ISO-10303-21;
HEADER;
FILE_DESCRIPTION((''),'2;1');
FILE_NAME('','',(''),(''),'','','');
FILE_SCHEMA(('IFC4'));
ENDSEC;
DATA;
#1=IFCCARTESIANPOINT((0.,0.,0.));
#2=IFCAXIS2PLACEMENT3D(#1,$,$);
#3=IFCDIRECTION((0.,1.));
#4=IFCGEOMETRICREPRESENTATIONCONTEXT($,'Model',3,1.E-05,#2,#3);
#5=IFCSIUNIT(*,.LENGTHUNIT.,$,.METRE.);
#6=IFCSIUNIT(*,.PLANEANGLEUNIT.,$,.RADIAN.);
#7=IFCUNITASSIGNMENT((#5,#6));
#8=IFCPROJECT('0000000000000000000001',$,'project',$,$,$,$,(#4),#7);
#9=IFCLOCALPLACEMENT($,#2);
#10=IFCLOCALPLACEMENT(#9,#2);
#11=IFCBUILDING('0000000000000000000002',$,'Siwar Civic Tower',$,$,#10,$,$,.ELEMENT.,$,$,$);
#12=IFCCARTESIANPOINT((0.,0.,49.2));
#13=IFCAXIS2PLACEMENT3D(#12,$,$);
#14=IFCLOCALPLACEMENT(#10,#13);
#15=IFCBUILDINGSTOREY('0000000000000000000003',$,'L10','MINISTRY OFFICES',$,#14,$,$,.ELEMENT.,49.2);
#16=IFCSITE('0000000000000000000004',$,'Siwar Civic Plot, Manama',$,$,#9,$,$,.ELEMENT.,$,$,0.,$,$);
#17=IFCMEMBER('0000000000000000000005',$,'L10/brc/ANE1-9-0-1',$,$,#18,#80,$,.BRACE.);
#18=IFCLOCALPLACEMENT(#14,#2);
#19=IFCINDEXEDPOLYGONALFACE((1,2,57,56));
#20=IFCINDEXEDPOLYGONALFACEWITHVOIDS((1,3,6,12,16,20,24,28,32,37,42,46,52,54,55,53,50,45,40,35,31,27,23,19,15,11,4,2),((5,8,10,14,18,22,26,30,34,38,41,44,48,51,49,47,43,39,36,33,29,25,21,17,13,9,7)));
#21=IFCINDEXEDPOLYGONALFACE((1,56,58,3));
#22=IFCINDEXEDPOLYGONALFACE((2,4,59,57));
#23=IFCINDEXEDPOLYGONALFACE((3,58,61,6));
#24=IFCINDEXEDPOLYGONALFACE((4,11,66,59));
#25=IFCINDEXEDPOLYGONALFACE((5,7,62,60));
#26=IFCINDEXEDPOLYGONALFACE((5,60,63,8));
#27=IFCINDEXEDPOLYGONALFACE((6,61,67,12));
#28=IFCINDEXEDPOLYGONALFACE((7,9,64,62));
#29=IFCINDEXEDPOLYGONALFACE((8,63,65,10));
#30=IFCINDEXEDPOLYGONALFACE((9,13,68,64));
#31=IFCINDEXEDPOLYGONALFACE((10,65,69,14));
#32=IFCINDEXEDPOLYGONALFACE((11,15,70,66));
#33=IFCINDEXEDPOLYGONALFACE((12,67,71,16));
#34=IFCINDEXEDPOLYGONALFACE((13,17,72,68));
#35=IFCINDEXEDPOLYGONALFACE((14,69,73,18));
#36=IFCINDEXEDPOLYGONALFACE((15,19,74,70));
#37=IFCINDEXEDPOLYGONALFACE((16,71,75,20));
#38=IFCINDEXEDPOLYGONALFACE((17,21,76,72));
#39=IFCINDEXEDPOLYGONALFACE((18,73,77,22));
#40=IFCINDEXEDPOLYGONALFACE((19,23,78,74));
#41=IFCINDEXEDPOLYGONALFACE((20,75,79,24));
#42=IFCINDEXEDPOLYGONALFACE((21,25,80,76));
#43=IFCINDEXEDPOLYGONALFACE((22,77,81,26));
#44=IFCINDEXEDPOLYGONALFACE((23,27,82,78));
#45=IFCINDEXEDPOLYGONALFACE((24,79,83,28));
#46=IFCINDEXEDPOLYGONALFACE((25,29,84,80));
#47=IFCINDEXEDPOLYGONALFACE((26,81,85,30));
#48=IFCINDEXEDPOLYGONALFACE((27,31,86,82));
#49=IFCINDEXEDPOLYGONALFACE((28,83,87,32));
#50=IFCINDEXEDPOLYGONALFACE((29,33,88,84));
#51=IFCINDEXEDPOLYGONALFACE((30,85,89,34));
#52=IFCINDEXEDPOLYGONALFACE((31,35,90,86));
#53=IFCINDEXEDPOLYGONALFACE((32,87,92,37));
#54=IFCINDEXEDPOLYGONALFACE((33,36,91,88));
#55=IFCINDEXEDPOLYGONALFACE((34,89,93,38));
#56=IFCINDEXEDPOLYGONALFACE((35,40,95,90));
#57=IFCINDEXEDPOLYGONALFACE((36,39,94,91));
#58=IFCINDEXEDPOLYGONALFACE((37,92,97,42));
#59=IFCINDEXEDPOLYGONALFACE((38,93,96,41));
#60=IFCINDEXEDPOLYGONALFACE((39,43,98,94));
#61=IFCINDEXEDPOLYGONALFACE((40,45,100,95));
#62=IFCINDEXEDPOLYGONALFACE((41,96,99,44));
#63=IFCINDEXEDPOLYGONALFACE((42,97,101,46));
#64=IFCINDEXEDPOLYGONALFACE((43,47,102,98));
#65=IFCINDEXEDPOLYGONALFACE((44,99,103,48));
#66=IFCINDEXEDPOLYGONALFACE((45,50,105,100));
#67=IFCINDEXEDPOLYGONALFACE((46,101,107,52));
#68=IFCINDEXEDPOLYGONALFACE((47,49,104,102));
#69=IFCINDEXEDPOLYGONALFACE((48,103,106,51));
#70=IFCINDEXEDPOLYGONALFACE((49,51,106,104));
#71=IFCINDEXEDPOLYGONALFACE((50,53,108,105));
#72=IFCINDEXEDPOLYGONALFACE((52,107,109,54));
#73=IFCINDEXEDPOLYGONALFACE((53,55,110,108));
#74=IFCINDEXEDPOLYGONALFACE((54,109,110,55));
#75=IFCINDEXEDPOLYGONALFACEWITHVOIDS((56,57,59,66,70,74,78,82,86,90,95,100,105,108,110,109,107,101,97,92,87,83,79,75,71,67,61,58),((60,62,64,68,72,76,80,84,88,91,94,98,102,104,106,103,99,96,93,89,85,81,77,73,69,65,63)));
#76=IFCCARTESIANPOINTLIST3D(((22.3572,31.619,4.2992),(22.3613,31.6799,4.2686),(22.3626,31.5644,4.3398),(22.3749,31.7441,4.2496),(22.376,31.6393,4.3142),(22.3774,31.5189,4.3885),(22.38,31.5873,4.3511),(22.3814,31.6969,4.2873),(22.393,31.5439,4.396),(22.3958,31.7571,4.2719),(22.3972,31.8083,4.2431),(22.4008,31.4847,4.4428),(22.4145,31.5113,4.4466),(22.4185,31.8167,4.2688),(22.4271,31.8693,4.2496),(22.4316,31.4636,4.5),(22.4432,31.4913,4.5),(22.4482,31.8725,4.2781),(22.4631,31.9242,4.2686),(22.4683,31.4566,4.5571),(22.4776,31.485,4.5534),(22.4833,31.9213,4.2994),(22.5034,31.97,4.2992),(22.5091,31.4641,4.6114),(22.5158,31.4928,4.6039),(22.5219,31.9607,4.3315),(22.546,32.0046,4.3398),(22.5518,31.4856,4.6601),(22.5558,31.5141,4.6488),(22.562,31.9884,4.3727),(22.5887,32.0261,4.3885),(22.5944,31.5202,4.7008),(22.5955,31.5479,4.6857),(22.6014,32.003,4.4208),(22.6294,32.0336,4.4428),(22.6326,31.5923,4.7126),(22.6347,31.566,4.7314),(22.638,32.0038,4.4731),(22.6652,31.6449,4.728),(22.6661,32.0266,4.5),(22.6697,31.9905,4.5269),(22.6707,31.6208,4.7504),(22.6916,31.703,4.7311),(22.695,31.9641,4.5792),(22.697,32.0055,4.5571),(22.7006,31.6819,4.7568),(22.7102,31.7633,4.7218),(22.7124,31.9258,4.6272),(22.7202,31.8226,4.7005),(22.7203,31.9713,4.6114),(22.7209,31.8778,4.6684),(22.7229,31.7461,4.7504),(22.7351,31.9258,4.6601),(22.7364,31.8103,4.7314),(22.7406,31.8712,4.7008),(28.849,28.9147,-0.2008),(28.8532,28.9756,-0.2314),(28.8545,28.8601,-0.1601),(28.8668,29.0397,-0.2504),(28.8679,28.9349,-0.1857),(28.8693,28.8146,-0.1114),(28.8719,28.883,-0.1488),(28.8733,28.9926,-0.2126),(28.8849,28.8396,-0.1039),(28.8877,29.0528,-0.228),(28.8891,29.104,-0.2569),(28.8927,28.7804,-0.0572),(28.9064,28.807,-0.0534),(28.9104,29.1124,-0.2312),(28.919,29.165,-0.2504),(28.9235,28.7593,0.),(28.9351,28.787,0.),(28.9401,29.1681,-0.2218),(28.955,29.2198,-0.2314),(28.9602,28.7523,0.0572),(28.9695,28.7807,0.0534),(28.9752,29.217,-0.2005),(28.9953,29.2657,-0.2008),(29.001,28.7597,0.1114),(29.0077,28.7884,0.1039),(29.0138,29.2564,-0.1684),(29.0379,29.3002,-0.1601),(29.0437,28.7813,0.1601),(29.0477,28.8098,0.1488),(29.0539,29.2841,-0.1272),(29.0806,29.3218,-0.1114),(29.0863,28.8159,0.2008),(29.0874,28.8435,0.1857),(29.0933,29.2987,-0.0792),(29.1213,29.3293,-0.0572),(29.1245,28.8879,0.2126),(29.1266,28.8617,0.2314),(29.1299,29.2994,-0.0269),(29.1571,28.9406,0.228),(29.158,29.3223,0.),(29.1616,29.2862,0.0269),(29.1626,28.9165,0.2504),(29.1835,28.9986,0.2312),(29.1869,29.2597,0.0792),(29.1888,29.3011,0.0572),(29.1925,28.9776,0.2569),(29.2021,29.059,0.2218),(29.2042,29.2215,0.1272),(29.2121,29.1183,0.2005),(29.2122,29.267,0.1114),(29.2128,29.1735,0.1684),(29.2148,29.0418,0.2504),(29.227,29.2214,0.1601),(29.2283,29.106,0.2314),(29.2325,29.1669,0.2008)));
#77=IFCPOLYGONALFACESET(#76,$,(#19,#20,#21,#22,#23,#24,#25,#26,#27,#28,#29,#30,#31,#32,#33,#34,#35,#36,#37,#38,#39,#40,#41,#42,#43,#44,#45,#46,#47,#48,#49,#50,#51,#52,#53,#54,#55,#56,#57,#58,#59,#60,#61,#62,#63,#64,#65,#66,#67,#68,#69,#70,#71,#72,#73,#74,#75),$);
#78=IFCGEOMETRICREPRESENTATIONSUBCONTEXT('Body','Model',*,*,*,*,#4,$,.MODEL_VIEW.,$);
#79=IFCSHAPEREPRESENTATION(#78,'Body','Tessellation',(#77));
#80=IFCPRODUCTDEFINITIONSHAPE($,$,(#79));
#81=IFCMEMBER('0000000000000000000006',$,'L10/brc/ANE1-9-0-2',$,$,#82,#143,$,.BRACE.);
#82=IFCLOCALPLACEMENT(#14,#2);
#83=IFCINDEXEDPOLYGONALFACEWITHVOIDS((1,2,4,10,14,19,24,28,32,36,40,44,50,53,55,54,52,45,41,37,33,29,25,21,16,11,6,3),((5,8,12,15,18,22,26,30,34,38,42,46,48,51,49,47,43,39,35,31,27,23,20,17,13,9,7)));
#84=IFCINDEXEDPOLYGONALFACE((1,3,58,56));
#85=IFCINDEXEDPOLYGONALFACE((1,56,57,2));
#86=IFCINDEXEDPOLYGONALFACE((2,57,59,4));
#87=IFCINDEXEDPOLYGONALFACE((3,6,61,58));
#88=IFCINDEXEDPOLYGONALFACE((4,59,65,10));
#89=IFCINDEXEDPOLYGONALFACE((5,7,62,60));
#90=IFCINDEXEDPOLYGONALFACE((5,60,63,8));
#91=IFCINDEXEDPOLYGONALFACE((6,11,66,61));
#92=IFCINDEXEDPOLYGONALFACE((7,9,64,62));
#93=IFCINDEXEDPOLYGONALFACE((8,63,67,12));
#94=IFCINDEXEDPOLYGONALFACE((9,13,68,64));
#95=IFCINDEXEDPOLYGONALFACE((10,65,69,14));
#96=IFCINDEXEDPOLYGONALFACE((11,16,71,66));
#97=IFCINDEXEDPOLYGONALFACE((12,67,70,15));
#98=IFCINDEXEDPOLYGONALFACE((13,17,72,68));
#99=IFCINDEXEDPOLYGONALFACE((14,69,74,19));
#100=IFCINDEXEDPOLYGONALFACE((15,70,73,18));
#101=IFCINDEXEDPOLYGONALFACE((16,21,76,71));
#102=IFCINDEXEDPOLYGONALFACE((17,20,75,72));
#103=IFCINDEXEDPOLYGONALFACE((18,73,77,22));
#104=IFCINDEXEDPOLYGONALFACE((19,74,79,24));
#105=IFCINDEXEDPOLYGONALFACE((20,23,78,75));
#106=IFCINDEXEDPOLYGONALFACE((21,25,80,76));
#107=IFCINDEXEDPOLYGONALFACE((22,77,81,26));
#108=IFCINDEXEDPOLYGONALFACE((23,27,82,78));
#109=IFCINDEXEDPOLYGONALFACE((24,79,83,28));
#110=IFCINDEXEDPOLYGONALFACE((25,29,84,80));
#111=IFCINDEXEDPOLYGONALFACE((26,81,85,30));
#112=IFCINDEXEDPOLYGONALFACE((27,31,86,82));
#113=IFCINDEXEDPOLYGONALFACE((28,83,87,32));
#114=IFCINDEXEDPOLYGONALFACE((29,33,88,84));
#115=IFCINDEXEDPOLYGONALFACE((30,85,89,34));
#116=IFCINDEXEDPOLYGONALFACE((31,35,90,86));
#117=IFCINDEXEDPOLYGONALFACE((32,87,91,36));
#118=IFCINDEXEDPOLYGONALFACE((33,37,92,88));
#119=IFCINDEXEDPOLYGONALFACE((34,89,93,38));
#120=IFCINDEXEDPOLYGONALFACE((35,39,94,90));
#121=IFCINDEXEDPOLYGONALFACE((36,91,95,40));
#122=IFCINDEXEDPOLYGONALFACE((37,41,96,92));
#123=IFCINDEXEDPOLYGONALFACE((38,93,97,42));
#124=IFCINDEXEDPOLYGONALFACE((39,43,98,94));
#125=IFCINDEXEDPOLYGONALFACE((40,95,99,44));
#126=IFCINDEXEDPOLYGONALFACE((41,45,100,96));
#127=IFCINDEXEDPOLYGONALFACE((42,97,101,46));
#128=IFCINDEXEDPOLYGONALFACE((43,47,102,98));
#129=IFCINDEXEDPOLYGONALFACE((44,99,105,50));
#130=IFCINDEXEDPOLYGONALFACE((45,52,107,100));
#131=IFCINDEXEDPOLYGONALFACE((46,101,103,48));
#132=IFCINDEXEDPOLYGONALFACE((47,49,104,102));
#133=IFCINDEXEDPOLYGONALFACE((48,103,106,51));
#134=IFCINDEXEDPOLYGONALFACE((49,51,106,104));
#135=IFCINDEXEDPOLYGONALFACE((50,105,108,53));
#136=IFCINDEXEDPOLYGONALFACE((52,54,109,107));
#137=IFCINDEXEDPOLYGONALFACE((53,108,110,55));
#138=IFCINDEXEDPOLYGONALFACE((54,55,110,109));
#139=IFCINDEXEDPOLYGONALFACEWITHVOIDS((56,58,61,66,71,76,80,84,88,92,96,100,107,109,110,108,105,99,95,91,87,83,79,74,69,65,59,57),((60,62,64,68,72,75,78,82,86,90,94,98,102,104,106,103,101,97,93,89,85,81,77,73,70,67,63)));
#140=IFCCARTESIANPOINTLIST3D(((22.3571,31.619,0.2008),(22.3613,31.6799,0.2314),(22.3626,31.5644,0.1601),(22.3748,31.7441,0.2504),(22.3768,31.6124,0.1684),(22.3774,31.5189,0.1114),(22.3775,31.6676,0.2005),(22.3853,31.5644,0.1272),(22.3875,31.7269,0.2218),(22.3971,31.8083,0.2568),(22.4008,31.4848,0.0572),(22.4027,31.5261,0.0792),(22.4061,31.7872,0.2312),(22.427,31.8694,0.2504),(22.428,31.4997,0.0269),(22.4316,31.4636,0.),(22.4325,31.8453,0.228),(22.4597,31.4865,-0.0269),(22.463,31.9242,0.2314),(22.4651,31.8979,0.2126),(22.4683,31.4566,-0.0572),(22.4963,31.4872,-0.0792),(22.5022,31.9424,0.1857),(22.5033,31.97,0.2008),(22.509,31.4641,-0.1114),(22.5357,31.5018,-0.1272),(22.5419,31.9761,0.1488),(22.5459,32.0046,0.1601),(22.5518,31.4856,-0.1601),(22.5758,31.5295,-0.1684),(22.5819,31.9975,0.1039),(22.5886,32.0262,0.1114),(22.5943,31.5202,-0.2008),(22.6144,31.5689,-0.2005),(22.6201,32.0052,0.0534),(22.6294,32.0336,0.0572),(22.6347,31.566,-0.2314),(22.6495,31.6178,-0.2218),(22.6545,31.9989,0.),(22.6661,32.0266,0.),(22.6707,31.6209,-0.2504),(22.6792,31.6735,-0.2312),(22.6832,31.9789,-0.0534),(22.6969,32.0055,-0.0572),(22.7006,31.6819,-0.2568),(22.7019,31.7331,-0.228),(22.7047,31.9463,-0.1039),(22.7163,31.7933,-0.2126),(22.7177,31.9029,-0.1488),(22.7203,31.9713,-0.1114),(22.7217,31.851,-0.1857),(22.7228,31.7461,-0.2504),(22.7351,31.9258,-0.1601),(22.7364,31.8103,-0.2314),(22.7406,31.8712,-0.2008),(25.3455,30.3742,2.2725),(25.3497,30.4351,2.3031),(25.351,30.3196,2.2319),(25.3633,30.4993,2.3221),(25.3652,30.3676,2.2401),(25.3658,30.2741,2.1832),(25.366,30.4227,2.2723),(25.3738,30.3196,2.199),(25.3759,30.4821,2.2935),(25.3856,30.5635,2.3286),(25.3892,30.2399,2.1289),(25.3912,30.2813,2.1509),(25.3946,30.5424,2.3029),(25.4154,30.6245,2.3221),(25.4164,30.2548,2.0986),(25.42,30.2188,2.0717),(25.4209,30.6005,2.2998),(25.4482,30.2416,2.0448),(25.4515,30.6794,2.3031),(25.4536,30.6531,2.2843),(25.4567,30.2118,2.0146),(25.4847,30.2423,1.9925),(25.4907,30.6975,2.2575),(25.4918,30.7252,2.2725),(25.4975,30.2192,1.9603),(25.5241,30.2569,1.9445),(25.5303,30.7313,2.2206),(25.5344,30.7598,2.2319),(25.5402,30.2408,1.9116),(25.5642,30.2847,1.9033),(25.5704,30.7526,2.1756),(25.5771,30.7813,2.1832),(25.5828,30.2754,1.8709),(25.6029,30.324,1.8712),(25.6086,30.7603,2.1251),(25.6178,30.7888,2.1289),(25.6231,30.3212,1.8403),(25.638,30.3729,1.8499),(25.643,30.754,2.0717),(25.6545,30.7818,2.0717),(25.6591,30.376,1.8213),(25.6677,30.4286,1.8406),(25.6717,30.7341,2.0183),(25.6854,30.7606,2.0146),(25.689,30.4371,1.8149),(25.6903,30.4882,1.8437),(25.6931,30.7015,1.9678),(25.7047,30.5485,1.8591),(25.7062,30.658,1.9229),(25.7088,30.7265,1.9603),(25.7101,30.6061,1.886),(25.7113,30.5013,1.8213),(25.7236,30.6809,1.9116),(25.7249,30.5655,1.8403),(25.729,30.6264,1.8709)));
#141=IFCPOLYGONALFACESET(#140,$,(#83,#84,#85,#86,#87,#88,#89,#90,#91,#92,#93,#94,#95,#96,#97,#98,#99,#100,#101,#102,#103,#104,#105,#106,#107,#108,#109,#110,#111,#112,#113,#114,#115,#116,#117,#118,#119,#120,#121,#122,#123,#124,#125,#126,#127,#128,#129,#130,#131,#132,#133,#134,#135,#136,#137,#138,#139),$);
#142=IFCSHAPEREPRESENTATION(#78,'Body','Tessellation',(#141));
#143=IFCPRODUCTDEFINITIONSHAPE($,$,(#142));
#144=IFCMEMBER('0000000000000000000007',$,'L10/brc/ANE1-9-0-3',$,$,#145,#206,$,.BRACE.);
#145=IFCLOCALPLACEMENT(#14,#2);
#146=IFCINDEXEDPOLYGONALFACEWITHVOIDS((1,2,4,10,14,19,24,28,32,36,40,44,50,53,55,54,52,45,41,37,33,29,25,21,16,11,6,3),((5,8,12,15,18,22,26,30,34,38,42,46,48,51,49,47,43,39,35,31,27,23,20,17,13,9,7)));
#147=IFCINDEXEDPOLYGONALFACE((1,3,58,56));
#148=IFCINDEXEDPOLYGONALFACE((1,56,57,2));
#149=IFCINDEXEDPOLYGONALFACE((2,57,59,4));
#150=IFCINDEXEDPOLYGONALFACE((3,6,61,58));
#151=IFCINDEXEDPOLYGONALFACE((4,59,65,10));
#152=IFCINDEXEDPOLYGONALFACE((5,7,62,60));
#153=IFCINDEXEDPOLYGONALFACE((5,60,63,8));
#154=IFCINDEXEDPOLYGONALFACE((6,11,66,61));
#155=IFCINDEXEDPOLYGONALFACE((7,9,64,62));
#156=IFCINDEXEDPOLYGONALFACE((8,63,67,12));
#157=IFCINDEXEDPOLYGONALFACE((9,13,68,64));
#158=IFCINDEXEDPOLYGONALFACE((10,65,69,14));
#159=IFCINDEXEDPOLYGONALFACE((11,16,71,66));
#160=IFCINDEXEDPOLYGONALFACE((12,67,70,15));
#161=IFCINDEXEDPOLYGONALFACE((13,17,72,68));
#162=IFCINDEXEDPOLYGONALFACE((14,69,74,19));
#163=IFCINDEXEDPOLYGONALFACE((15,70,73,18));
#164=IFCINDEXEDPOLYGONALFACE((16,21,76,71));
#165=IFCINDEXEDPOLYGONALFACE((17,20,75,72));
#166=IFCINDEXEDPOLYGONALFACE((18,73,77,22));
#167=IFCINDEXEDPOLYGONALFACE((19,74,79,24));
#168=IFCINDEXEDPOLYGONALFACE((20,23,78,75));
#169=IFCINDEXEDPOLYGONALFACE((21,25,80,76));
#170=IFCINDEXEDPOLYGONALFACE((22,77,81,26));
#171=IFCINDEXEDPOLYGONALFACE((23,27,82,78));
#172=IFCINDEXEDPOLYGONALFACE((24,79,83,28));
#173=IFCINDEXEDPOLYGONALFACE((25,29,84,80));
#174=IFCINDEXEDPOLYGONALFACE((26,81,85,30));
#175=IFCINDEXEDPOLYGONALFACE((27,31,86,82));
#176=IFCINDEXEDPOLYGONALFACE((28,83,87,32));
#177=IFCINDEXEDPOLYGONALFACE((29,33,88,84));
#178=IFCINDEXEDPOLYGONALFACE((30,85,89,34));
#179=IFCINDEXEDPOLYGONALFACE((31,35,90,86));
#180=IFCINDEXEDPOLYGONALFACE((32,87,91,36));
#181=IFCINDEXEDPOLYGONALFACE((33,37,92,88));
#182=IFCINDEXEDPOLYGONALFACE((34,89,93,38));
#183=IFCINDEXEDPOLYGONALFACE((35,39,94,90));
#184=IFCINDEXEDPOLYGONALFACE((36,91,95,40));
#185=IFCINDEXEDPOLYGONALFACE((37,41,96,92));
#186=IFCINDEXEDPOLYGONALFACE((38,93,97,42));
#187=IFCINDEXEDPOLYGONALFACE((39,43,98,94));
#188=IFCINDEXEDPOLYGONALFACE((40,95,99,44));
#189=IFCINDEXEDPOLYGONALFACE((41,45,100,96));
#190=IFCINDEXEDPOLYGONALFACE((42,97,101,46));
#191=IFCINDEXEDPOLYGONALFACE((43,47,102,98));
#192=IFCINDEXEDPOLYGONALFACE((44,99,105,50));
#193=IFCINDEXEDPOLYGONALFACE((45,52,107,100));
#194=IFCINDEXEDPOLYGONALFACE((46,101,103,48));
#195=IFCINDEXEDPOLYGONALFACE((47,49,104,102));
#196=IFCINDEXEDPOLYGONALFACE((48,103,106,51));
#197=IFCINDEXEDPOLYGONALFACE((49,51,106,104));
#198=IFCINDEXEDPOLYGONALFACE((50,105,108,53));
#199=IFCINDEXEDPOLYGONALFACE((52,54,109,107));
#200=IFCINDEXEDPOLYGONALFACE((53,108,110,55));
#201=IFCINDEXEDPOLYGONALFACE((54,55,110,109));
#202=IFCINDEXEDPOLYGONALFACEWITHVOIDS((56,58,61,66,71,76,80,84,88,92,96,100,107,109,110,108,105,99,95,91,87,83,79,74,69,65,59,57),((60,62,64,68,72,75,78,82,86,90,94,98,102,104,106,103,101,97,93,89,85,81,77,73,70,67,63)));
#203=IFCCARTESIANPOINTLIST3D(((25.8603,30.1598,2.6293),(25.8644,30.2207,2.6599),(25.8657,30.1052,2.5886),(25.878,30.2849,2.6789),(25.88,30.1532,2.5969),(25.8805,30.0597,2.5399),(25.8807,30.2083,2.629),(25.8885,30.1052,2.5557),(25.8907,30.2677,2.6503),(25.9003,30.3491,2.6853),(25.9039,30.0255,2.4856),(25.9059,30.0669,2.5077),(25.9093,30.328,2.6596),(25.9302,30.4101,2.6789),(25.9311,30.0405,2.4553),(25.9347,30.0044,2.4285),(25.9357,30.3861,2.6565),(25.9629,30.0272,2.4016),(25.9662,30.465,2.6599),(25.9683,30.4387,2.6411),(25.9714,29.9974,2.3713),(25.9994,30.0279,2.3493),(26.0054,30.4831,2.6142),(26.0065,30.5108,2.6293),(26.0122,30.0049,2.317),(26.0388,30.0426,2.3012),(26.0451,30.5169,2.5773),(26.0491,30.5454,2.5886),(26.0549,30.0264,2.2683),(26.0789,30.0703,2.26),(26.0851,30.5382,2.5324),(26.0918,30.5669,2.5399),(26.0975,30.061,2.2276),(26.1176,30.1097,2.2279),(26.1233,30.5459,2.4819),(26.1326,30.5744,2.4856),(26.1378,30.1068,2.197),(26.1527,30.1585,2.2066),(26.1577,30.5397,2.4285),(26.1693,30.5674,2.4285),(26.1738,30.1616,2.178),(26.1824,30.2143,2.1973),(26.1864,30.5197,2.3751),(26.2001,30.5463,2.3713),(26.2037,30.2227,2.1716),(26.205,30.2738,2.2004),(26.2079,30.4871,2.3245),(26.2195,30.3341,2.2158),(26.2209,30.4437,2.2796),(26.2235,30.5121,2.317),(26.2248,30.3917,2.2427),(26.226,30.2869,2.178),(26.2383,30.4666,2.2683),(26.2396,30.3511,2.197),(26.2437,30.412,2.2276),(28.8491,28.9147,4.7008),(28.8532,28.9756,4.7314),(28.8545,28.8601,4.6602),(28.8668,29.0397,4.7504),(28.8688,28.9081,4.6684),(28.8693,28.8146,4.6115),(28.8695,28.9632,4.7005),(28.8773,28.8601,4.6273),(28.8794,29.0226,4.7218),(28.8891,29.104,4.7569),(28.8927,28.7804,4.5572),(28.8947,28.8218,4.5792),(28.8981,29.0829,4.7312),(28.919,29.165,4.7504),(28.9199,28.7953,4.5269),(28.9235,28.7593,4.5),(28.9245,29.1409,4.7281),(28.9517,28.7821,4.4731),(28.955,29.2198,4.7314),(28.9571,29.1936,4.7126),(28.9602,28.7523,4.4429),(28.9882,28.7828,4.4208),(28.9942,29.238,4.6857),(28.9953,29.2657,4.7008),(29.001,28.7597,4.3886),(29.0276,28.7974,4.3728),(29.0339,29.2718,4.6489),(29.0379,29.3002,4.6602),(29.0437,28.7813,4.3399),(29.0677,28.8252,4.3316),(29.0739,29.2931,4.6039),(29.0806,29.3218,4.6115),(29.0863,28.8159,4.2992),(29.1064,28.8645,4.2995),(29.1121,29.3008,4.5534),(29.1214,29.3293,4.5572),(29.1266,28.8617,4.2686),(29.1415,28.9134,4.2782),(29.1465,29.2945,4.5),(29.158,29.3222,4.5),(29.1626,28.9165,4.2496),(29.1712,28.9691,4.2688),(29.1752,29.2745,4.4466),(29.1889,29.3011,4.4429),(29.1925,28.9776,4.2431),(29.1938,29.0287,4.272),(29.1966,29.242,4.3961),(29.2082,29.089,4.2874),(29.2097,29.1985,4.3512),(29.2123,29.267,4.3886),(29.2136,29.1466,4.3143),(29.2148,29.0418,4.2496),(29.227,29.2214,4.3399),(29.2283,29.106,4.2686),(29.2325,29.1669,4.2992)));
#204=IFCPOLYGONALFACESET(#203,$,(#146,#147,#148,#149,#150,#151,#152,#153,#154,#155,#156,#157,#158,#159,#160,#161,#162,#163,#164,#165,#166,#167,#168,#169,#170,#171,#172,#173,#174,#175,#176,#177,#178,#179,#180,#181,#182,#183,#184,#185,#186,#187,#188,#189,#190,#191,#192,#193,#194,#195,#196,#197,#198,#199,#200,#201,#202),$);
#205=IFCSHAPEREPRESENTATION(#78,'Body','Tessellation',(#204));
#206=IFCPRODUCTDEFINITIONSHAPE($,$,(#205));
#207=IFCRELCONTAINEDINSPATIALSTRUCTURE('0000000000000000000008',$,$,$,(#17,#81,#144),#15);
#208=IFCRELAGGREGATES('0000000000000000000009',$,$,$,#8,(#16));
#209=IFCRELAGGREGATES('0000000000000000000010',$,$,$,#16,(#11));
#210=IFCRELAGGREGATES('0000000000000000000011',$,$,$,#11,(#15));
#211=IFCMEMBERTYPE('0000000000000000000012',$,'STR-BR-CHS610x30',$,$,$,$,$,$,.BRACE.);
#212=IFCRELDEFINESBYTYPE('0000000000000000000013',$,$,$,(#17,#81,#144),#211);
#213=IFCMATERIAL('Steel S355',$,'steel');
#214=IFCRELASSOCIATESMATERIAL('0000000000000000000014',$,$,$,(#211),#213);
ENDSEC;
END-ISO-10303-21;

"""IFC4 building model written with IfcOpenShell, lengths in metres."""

from ifc_helpers import new_model, si_unit, direction, frame, origin, origin_2d, place, context, subcontext, project, spatial, hollow_circle, extrude, material, material_profile, profile_set, type_object, element, save


model = new_model("IFC4")

# Units and contexts
model_context = context("Model", 3, precision=1e-05, world=origin(), true_north=direction((0.0, 1.0)))
body_context = subcontext(model_context, "Body", "Model", "MODEL_VIEW")
ifc_project = project(units=[si_unit("LENGTHUNIT", "METRE"), si_unit("PLANEANGLEUNIT", "RADIAN")], contexts=[model_context])

# Site, building, storey
site_placement = place(None, origin())
site = spatial("IfcSite", under=ifc_project, at=site_placement, Name="Siwar Civic Plot, Manama", CompositionType="ELEMENT", RefElevation=0.0)
building_placement = place(site_placement, origin())
building = spatial("IfcBuilding", under=site, at=building_placement, Name="Siwar Civic Tower", CompositionType="ELEMENT")
storey_placement = place(building_placement, frame((0.0, 0.0, 49.2)))
storey = spatial("IfcBuildingStorey", under=building, at=storey_placement, Name="L10", Description="MINISTRY OFFICES", CompositionType="ELEMENT", Elevation=49.2)

# Members
ifc_material_1 = material(Name="Steel S355", Category="steel")
ifc_material_profile_1 = material_profile(ifc_material_1, hollow_circle(Radius=0.3049, WallThickness=0.03, at=origin_2d()), Name="CHS610x30")
ifc_profile_set_1 = profile_set([ifc_material_profile_1], Name="Steel S355")
member_type_1 = type_object("IfcMemberType", Name="STR-BR-CHS610x30", PredefinedType="BRACE", material=ifc_profile_set_1)
member_1_placement = place(storey_placement, frame((29.0408, 29.0408, 0.0), z_axis=(-0.777555, 0.323906, 0.538975), x_axis=(-0.384539, -0.923109, 0.0)))
element("IfcMember", 1, at=member_1_placement, inside=storey, type_object=member_type_1, Name="L10/brc/ANE1-9-0-1", PredefinedType="BRACE", context=body_context, shape_type="SweptSolid", body=[
    extrude(hollow_circle(Radius=0.3049, WallThickness=0.03, at=origin_2d()), origin(), (0.0, 0.0, 1.0), 8.3491),
])
member_2_placement = place(storey_placement, frame((22.5488, 31.7451, 0.0), z_axis=(0.777533, -0.323882, 0.53902), x_axis=(0.384524, 0.923115, 0.0)))
element("IfcMember", 2, at=member_2_placement, inside=storey, type_object=member_type_1, Name="L10/brc/ANE1-9-0-2", PredefinedType="BRACE", context=body_context, shape_type="SweptSolid", body=[
    extrude(hollow_circle(Radius=0.3049, WallThickness=0.03, at=origin_2d()), origin(), (0.0, 0.0, 1.0), 3.8435),
])
member_3_placement = place(storey_placement, frame((26.052, 30.2859, 2.4285), z_axis=(0.777569, -0.323934, 0.538937), x_axis=(0.384562, 0.923099, 0.0)))
element("IfcMember", 3, at=member_3_placement, inside=storey, type_object=member_type_1, Name="L10/brc/ANE1-9-0-3", PredefinedType="BRACE", context=body_context, shape_type="SweptSolid", body=[
    extrude(hollow_circle(Radius=0.3049, WallThickness=0.03, at=origin_2d()), origin(), (0.0, 0.0, 1.0), 3.8438),
])

save(model, "model.ifc")
